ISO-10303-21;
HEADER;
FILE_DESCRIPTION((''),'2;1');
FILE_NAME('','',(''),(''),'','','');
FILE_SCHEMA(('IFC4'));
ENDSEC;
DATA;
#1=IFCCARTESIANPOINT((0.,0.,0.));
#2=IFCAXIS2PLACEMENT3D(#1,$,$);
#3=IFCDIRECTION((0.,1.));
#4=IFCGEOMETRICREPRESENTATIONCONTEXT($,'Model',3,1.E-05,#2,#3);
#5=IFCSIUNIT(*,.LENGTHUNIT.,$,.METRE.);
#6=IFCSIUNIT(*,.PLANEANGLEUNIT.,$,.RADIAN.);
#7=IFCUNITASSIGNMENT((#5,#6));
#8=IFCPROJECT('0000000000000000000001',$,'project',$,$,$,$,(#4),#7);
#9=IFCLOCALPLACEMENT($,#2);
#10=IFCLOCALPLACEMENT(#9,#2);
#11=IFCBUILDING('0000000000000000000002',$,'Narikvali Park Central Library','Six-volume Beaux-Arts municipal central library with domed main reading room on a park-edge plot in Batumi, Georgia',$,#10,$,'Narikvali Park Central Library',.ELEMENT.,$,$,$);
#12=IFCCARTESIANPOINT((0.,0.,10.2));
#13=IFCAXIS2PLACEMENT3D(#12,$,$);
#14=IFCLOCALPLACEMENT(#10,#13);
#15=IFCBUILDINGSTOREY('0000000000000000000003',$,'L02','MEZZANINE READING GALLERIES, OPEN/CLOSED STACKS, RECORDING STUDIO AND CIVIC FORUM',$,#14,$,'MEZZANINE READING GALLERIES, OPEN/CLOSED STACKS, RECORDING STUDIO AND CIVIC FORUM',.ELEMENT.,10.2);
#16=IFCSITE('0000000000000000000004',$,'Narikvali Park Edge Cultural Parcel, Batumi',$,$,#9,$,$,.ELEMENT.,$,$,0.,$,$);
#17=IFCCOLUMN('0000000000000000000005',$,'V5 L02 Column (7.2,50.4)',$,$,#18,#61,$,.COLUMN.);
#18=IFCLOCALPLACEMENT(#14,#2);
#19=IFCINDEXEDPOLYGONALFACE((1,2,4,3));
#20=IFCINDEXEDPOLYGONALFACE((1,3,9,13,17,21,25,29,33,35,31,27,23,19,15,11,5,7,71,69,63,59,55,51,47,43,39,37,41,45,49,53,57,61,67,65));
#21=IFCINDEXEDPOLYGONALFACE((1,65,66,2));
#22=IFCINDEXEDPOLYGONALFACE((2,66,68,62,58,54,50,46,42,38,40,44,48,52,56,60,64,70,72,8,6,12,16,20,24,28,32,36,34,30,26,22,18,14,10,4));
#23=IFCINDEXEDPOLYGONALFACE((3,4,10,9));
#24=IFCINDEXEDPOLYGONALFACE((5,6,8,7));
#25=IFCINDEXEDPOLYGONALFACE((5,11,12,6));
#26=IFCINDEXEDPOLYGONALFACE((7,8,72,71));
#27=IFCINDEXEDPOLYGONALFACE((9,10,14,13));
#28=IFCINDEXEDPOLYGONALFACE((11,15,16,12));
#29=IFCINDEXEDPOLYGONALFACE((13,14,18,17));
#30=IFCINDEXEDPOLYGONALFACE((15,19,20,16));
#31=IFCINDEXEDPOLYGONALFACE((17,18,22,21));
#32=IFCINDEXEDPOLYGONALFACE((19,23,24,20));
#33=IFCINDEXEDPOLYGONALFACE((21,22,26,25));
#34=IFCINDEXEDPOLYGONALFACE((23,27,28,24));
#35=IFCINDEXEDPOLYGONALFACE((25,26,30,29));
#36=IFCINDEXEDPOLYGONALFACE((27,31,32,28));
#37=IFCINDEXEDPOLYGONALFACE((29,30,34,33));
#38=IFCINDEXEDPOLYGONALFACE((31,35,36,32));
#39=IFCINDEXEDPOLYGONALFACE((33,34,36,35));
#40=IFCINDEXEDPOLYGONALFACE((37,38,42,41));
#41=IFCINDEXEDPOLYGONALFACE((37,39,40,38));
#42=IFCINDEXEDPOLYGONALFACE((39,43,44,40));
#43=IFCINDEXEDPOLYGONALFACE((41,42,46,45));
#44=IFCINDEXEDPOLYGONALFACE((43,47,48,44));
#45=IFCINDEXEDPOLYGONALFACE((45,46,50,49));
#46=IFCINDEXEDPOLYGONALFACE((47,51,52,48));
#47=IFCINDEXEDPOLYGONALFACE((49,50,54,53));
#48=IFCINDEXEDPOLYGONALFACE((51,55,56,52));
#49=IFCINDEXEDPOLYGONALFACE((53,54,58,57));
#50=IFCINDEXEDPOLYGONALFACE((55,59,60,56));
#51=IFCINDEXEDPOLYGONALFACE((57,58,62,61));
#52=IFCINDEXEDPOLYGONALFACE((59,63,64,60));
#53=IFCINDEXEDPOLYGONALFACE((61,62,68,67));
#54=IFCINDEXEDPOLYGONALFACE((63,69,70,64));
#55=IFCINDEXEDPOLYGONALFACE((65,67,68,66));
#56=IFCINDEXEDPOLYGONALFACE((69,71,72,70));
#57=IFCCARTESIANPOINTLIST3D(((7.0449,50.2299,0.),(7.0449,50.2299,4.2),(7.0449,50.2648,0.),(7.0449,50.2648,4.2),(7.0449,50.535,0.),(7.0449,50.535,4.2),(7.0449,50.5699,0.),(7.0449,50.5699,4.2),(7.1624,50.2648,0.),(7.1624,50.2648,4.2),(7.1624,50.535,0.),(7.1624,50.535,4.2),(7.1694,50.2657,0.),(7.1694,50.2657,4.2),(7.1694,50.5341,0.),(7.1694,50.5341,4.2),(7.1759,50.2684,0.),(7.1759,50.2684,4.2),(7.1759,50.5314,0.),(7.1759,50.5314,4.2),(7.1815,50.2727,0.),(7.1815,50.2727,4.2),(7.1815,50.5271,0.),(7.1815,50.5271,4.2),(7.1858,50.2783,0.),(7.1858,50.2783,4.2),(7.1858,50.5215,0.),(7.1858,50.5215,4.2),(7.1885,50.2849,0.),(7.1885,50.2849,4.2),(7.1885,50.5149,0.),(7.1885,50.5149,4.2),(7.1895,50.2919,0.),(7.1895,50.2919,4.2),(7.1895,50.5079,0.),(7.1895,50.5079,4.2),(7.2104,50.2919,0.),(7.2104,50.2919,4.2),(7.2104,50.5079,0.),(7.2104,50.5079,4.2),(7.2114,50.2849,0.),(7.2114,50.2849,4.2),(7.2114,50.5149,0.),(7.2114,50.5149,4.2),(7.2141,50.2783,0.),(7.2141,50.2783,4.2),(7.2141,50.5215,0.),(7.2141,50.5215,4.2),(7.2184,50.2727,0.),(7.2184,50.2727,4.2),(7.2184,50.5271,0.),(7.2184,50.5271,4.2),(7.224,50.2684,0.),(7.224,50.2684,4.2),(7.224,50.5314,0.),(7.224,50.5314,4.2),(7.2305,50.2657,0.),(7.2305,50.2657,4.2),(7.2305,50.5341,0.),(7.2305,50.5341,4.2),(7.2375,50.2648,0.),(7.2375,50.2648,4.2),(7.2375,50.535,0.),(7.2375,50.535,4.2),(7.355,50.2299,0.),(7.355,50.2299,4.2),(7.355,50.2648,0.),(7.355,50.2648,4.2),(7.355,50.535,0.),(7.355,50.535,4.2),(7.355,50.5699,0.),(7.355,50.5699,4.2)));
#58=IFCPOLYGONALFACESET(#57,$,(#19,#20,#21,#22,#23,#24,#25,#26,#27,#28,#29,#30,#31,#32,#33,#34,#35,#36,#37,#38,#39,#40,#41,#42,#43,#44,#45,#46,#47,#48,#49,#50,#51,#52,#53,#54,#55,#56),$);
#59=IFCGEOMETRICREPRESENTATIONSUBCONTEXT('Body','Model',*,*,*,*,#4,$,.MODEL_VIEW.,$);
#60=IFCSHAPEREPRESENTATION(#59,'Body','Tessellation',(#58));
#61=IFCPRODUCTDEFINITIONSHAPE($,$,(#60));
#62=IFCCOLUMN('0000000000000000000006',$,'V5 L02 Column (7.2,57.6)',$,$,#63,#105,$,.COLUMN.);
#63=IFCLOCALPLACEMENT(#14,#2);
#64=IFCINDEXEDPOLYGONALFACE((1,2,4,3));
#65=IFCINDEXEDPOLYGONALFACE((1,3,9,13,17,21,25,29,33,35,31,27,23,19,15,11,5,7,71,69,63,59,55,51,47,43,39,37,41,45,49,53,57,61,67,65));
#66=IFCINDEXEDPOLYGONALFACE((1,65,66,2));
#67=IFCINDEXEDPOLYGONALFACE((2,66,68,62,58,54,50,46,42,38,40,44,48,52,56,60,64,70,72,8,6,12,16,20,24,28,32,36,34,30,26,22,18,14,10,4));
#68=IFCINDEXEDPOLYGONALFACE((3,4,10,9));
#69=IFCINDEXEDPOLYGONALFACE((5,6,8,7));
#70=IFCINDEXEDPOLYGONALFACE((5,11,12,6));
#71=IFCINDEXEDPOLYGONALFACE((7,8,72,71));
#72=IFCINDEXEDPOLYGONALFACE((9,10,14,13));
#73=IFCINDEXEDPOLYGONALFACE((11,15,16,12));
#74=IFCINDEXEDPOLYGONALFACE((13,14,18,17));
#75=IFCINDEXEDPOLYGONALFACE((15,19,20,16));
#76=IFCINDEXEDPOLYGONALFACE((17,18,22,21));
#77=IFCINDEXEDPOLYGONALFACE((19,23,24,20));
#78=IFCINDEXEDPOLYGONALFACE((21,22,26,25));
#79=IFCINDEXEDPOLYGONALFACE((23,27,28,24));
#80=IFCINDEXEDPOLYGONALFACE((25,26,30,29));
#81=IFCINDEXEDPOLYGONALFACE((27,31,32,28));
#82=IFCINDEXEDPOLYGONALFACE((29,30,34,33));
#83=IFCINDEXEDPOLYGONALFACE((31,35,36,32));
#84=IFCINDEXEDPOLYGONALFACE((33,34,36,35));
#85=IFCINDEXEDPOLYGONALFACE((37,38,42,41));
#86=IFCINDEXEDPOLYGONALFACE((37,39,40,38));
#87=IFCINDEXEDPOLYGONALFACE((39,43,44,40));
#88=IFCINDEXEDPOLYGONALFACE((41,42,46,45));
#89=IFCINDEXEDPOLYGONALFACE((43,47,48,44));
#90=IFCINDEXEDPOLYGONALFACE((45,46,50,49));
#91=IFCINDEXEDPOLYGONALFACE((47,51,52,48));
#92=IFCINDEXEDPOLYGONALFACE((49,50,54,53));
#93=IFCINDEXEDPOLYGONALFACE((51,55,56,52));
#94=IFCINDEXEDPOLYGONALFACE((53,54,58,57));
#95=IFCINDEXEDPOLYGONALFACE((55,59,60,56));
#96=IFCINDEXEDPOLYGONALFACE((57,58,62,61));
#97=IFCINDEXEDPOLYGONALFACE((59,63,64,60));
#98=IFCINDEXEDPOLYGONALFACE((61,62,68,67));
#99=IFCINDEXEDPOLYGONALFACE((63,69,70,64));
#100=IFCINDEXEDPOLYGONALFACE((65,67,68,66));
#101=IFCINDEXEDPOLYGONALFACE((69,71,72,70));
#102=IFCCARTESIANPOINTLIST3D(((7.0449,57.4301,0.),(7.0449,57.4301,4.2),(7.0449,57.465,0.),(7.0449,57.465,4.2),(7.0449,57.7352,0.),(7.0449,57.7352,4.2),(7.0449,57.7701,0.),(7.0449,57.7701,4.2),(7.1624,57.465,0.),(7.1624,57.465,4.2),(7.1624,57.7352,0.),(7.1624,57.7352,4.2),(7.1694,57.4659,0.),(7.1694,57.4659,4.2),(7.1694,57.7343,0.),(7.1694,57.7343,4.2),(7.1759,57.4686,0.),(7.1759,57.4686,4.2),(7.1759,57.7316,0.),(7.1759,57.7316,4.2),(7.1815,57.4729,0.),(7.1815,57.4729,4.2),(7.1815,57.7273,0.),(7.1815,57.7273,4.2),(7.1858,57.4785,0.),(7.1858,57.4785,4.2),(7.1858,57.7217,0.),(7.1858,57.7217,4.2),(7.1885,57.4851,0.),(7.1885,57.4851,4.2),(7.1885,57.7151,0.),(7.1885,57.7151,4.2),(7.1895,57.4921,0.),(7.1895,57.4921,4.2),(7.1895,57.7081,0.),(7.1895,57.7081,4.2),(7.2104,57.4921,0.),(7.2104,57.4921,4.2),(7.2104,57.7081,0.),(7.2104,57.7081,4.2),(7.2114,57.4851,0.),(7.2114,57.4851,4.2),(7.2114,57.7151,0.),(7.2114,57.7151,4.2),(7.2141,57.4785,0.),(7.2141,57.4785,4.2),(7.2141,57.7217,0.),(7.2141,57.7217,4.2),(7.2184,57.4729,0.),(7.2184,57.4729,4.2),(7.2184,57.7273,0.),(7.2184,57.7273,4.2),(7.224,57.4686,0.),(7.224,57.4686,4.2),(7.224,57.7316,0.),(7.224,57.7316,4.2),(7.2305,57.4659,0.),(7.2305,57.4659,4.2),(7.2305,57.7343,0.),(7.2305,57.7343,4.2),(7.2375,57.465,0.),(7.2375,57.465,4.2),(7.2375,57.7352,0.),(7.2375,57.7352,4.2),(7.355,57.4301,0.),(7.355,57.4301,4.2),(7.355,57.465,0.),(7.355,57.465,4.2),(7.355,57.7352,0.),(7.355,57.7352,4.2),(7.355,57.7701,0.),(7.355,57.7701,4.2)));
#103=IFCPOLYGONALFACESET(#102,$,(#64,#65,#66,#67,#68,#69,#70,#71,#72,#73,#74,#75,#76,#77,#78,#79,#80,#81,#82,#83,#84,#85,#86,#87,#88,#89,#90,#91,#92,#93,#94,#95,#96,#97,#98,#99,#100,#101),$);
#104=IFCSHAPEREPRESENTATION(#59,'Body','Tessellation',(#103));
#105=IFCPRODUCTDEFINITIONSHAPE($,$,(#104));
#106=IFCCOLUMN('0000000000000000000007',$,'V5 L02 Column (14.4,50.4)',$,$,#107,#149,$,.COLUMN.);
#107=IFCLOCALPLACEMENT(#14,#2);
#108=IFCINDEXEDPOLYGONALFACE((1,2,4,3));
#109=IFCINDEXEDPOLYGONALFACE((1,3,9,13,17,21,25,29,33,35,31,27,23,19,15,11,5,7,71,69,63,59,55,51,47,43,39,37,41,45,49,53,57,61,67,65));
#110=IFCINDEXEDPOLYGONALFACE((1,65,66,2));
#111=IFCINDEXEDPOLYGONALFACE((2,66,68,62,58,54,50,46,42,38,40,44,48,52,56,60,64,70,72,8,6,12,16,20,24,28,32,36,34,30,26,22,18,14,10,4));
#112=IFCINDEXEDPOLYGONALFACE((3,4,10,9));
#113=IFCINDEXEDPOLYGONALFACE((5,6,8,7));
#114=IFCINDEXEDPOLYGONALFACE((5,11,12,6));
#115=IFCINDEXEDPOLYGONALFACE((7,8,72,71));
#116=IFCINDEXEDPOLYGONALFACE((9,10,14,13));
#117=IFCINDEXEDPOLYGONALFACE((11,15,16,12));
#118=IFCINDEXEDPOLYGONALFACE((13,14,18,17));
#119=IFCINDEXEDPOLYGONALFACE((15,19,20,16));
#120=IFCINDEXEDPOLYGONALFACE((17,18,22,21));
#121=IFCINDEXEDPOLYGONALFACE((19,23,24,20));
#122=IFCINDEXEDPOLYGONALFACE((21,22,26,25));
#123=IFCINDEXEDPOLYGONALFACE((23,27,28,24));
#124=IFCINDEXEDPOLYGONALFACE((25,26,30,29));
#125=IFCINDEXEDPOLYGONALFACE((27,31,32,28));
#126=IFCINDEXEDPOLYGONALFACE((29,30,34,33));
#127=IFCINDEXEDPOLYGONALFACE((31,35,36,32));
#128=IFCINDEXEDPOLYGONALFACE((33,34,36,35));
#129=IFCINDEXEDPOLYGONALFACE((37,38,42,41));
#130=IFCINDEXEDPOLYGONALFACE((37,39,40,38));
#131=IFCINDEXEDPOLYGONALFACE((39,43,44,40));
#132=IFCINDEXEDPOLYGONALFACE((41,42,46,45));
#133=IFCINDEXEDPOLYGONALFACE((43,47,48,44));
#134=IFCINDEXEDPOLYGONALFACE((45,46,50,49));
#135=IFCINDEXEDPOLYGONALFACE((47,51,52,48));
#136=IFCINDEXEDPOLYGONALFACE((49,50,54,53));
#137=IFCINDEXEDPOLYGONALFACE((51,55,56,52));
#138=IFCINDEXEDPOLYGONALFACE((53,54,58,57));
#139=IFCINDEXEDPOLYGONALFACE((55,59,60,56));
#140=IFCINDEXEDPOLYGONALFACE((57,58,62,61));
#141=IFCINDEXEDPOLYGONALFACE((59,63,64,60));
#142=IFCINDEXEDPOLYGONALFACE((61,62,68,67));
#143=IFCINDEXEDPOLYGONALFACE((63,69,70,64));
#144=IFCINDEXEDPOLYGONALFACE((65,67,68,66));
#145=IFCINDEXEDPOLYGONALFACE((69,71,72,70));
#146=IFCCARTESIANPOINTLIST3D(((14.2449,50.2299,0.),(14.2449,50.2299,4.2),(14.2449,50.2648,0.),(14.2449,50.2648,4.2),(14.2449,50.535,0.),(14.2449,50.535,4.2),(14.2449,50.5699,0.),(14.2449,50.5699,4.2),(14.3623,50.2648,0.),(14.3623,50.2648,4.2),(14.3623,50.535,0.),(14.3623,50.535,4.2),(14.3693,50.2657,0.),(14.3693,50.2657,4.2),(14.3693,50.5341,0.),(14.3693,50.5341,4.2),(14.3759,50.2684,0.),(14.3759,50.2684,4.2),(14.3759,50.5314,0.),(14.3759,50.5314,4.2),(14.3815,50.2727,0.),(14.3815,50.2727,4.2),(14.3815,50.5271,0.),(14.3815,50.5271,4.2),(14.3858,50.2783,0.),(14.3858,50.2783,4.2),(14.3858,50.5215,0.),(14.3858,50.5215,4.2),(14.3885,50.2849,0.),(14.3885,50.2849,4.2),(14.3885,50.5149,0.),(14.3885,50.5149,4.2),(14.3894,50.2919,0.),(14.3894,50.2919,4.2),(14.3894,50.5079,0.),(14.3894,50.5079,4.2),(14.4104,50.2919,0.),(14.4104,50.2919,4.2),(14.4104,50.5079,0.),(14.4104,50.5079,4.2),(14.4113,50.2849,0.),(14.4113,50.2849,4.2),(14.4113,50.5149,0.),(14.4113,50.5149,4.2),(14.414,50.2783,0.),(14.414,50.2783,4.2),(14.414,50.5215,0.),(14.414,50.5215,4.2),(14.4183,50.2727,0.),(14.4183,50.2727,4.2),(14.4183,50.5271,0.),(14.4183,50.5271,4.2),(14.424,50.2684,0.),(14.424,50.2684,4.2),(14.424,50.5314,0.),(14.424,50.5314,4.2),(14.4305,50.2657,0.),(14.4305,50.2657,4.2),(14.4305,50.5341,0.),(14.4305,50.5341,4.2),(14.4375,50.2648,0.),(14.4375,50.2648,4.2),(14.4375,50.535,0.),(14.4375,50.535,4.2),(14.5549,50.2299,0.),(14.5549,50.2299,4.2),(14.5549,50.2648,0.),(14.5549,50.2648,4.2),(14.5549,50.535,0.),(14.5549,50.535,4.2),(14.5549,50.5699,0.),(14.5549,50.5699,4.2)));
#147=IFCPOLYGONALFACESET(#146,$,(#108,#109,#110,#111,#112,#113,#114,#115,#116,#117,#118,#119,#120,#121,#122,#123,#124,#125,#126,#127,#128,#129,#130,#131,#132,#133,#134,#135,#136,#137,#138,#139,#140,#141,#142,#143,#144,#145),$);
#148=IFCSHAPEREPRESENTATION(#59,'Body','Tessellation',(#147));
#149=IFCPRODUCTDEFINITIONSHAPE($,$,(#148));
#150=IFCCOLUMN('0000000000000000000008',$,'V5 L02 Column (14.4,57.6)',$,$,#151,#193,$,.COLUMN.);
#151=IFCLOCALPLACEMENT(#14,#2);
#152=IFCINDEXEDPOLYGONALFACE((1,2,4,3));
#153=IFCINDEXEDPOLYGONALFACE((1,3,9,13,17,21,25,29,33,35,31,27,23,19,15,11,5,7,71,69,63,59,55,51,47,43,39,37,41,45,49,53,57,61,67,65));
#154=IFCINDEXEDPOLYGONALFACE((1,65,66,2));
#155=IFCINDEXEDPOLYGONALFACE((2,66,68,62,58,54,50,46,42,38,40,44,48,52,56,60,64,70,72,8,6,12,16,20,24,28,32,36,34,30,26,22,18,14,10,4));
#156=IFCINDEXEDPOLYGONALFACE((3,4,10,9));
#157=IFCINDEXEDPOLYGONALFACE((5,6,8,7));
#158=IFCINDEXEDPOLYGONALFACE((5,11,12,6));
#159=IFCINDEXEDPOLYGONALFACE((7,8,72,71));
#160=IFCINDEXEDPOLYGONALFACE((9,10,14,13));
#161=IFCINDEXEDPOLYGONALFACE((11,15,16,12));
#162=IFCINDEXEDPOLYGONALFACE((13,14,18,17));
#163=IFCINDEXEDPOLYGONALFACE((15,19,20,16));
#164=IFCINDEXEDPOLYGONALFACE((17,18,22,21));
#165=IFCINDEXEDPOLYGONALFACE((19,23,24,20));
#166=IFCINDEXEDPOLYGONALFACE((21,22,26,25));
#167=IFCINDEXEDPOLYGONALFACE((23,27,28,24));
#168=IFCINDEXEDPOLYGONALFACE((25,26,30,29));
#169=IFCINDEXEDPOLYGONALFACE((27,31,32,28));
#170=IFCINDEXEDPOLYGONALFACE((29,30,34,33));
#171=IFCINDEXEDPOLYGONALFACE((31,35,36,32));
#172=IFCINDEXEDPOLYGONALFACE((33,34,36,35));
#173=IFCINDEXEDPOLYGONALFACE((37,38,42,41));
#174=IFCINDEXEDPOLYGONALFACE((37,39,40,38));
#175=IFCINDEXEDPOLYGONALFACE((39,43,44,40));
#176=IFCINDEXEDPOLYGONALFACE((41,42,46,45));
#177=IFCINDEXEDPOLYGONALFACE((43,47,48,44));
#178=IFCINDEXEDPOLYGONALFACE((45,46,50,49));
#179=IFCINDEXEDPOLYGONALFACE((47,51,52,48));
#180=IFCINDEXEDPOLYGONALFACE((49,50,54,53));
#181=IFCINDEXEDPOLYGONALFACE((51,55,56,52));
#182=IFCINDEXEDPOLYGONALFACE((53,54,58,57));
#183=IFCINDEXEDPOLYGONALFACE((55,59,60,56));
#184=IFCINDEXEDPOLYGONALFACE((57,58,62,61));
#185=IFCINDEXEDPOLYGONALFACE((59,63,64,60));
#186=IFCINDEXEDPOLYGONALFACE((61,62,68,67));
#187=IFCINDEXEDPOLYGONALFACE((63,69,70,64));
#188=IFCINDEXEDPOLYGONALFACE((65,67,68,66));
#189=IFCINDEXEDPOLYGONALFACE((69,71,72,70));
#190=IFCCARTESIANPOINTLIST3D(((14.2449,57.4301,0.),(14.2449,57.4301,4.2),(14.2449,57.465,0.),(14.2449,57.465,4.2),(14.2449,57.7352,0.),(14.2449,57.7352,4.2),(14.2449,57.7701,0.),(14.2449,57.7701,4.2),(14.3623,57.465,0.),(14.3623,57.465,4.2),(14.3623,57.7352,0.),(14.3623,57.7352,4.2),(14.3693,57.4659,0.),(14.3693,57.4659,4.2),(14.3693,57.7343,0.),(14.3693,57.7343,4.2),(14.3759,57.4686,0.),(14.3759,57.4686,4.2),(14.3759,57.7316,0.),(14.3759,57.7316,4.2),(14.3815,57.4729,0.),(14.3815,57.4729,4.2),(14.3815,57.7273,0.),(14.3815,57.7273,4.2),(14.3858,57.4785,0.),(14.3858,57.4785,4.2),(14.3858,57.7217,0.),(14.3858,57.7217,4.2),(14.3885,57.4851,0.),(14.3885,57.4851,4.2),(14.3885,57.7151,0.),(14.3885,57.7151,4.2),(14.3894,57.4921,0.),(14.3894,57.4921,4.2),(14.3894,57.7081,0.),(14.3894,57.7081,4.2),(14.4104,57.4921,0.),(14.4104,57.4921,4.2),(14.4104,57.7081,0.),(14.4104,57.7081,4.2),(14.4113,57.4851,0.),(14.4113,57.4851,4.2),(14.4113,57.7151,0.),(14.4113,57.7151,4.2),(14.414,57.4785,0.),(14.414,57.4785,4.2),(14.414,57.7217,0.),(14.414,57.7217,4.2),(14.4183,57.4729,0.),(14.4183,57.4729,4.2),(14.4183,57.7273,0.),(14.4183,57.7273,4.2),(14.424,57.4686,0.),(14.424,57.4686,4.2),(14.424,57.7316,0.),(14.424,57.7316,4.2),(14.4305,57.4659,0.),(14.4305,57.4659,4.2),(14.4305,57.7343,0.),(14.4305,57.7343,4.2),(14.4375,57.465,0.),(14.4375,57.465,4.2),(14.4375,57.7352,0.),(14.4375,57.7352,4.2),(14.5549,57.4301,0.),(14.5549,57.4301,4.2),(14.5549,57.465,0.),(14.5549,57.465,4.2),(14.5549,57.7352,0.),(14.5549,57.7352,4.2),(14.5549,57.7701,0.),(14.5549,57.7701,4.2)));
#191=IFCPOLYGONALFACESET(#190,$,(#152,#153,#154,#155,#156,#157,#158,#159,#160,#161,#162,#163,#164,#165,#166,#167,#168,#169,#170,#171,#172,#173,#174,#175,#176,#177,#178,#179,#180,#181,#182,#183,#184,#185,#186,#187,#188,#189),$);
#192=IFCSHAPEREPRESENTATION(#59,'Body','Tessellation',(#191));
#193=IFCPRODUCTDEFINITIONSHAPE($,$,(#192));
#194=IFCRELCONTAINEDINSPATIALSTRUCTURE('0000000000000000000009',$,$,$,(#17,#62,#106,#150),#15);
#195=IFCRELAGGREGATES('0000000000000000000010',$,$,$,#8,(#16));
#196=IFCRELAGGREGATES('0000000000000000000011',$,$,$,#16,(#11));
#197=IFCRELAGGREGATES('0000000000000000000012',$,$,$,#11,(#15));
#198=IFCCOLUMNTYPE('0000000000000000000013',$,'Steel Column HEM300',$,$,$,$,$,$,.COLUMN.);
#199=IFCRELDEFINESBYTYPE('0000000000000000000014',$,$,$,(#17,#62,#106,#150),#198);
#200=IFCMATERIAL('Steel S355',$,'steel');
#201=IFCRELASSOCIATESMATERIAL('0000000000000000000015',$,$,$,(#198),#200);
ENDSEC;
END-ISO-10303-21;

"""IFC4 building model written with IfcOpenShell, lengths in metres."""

from ifc_helpers import new_model, si_unit, direction, frame, origin, origin_2d, place, context, subcontext, project, spatial, i_section, extrude, material, material_profile, profile_set, type_object, element, save


model = new_model("IFC4")

# Units and contexts
model_context = context("Model", 3, precision=1e-05, world=origin(), true_north=direction((0.0, 1.0)))
body_context = subcontext(model_context, "Body", "Model", "MODEL_VIEW")
ifc_project = project(units=[si_unit("LENGTHUNIT", "METRE"), si_unit("PLANEANGLEUNIT", "RADIAN")], contexts=[model_context])

# Site, building, storey
site_placement = place(None, origin())
site = spatial("IfcSite", under=ifc_project, at=site_placement, Name="Narikvali Park Edge Cultural Parcel, Batumi", CompositionType="ELEMENT", RefElevation=0.0)
building_placement = place(site_placement, origin())
building = spatial("IfcBuilding", under=site, at=building_placement, Name="Narikvali Park Central Library", Description="Six-volume Beaux-Arts municipal central library with domed main reading room on a park-edge plot in Batumi, Georgia", LongName="Narikvali Park Central Library", CompositionType="ELEMENT")
storey_placement = place(building_placement, frame((0.0, 0.0, 10.2)))
storey = spatial("IfcBuildingStorey", under=building, at=storey_placement, Name="L02", Description="MEZZANINE READING GALLERIES, OPEN/CLOSED STACKS, RECORDING STUDIO AND CIVIC FORUM", LongName="MEZZANINE READING GALLERIES, OPEN/CLOSED STACKS, RECORDING STUDIO AND CIVIC FORUM", CompositionType="ELEMENT", Elevation=10.2)

# Columns
ifc_material_1 = material(Name="Steel S355", Category="steel")
ifc_material_profile_1 = material_profile(ifc_material_1, i_section(OverallWidth=0.3101, OverallDepth=0.3401, WebThickness=0.021, FlangeThickness=0.0349, FilletRadius=0.0271, at=origin_2d()), Name="HEM 300")
ifc_profile_set_1 = profile_set([ifc_material_profile_1], Name="Steel S355")
column_type = type_object("IfcColumnType", Name="Steel Column HEM300", PredefinedType="COLUMN", material=ifc_profile_set_1)
for number, where, z_axis, x_axis, name in (
    (1, (7.2, 50.3999, 0.0), (0.0, 0.0, 1.0), (1.0, 0.0, 0.0), "V5 L02 Column (7.2,50.4)"),
    (2, (7.2, 57.6001, 0.0), (0.0, 0.0, 1.0), (1.0, 0.0, 0.0), "V5 L02 Column (7.2,57.6)"),
    (3, (14.3999, 50.3999, 0.0), (0.0, 0.0, 1.0), (1.0, 0.0, 0.0), "V5 L02 Column (14.4,50.4)"),
    (4, (14.3999, 57.6001, 0.0), (0.0, 0.0, 1.0), (1.0, 0.0, 0.0), "V5 L02 Column (14.4,57.6)"),
):
    element("IfcColumn", number, at=place(storey_placement, frame(where, z_axis=z_axis, x_axis=x_axis)), inside=storey, type_object=column_type, Name=name, PredefinedType="COLUMN", context=body_context, shape_type="SweptSolid", body=[
        extrude(i_section(OverallWidth=0.3101, OverallDepth=0.3401, WebThickness=0.021, FlangeThickness=0.0349, FilletRadius=0.0271, at=origin_2d()), origin(), (0.0, 0.0, 1.0), 4.2),
    ])

save(model, "model.ifc")
